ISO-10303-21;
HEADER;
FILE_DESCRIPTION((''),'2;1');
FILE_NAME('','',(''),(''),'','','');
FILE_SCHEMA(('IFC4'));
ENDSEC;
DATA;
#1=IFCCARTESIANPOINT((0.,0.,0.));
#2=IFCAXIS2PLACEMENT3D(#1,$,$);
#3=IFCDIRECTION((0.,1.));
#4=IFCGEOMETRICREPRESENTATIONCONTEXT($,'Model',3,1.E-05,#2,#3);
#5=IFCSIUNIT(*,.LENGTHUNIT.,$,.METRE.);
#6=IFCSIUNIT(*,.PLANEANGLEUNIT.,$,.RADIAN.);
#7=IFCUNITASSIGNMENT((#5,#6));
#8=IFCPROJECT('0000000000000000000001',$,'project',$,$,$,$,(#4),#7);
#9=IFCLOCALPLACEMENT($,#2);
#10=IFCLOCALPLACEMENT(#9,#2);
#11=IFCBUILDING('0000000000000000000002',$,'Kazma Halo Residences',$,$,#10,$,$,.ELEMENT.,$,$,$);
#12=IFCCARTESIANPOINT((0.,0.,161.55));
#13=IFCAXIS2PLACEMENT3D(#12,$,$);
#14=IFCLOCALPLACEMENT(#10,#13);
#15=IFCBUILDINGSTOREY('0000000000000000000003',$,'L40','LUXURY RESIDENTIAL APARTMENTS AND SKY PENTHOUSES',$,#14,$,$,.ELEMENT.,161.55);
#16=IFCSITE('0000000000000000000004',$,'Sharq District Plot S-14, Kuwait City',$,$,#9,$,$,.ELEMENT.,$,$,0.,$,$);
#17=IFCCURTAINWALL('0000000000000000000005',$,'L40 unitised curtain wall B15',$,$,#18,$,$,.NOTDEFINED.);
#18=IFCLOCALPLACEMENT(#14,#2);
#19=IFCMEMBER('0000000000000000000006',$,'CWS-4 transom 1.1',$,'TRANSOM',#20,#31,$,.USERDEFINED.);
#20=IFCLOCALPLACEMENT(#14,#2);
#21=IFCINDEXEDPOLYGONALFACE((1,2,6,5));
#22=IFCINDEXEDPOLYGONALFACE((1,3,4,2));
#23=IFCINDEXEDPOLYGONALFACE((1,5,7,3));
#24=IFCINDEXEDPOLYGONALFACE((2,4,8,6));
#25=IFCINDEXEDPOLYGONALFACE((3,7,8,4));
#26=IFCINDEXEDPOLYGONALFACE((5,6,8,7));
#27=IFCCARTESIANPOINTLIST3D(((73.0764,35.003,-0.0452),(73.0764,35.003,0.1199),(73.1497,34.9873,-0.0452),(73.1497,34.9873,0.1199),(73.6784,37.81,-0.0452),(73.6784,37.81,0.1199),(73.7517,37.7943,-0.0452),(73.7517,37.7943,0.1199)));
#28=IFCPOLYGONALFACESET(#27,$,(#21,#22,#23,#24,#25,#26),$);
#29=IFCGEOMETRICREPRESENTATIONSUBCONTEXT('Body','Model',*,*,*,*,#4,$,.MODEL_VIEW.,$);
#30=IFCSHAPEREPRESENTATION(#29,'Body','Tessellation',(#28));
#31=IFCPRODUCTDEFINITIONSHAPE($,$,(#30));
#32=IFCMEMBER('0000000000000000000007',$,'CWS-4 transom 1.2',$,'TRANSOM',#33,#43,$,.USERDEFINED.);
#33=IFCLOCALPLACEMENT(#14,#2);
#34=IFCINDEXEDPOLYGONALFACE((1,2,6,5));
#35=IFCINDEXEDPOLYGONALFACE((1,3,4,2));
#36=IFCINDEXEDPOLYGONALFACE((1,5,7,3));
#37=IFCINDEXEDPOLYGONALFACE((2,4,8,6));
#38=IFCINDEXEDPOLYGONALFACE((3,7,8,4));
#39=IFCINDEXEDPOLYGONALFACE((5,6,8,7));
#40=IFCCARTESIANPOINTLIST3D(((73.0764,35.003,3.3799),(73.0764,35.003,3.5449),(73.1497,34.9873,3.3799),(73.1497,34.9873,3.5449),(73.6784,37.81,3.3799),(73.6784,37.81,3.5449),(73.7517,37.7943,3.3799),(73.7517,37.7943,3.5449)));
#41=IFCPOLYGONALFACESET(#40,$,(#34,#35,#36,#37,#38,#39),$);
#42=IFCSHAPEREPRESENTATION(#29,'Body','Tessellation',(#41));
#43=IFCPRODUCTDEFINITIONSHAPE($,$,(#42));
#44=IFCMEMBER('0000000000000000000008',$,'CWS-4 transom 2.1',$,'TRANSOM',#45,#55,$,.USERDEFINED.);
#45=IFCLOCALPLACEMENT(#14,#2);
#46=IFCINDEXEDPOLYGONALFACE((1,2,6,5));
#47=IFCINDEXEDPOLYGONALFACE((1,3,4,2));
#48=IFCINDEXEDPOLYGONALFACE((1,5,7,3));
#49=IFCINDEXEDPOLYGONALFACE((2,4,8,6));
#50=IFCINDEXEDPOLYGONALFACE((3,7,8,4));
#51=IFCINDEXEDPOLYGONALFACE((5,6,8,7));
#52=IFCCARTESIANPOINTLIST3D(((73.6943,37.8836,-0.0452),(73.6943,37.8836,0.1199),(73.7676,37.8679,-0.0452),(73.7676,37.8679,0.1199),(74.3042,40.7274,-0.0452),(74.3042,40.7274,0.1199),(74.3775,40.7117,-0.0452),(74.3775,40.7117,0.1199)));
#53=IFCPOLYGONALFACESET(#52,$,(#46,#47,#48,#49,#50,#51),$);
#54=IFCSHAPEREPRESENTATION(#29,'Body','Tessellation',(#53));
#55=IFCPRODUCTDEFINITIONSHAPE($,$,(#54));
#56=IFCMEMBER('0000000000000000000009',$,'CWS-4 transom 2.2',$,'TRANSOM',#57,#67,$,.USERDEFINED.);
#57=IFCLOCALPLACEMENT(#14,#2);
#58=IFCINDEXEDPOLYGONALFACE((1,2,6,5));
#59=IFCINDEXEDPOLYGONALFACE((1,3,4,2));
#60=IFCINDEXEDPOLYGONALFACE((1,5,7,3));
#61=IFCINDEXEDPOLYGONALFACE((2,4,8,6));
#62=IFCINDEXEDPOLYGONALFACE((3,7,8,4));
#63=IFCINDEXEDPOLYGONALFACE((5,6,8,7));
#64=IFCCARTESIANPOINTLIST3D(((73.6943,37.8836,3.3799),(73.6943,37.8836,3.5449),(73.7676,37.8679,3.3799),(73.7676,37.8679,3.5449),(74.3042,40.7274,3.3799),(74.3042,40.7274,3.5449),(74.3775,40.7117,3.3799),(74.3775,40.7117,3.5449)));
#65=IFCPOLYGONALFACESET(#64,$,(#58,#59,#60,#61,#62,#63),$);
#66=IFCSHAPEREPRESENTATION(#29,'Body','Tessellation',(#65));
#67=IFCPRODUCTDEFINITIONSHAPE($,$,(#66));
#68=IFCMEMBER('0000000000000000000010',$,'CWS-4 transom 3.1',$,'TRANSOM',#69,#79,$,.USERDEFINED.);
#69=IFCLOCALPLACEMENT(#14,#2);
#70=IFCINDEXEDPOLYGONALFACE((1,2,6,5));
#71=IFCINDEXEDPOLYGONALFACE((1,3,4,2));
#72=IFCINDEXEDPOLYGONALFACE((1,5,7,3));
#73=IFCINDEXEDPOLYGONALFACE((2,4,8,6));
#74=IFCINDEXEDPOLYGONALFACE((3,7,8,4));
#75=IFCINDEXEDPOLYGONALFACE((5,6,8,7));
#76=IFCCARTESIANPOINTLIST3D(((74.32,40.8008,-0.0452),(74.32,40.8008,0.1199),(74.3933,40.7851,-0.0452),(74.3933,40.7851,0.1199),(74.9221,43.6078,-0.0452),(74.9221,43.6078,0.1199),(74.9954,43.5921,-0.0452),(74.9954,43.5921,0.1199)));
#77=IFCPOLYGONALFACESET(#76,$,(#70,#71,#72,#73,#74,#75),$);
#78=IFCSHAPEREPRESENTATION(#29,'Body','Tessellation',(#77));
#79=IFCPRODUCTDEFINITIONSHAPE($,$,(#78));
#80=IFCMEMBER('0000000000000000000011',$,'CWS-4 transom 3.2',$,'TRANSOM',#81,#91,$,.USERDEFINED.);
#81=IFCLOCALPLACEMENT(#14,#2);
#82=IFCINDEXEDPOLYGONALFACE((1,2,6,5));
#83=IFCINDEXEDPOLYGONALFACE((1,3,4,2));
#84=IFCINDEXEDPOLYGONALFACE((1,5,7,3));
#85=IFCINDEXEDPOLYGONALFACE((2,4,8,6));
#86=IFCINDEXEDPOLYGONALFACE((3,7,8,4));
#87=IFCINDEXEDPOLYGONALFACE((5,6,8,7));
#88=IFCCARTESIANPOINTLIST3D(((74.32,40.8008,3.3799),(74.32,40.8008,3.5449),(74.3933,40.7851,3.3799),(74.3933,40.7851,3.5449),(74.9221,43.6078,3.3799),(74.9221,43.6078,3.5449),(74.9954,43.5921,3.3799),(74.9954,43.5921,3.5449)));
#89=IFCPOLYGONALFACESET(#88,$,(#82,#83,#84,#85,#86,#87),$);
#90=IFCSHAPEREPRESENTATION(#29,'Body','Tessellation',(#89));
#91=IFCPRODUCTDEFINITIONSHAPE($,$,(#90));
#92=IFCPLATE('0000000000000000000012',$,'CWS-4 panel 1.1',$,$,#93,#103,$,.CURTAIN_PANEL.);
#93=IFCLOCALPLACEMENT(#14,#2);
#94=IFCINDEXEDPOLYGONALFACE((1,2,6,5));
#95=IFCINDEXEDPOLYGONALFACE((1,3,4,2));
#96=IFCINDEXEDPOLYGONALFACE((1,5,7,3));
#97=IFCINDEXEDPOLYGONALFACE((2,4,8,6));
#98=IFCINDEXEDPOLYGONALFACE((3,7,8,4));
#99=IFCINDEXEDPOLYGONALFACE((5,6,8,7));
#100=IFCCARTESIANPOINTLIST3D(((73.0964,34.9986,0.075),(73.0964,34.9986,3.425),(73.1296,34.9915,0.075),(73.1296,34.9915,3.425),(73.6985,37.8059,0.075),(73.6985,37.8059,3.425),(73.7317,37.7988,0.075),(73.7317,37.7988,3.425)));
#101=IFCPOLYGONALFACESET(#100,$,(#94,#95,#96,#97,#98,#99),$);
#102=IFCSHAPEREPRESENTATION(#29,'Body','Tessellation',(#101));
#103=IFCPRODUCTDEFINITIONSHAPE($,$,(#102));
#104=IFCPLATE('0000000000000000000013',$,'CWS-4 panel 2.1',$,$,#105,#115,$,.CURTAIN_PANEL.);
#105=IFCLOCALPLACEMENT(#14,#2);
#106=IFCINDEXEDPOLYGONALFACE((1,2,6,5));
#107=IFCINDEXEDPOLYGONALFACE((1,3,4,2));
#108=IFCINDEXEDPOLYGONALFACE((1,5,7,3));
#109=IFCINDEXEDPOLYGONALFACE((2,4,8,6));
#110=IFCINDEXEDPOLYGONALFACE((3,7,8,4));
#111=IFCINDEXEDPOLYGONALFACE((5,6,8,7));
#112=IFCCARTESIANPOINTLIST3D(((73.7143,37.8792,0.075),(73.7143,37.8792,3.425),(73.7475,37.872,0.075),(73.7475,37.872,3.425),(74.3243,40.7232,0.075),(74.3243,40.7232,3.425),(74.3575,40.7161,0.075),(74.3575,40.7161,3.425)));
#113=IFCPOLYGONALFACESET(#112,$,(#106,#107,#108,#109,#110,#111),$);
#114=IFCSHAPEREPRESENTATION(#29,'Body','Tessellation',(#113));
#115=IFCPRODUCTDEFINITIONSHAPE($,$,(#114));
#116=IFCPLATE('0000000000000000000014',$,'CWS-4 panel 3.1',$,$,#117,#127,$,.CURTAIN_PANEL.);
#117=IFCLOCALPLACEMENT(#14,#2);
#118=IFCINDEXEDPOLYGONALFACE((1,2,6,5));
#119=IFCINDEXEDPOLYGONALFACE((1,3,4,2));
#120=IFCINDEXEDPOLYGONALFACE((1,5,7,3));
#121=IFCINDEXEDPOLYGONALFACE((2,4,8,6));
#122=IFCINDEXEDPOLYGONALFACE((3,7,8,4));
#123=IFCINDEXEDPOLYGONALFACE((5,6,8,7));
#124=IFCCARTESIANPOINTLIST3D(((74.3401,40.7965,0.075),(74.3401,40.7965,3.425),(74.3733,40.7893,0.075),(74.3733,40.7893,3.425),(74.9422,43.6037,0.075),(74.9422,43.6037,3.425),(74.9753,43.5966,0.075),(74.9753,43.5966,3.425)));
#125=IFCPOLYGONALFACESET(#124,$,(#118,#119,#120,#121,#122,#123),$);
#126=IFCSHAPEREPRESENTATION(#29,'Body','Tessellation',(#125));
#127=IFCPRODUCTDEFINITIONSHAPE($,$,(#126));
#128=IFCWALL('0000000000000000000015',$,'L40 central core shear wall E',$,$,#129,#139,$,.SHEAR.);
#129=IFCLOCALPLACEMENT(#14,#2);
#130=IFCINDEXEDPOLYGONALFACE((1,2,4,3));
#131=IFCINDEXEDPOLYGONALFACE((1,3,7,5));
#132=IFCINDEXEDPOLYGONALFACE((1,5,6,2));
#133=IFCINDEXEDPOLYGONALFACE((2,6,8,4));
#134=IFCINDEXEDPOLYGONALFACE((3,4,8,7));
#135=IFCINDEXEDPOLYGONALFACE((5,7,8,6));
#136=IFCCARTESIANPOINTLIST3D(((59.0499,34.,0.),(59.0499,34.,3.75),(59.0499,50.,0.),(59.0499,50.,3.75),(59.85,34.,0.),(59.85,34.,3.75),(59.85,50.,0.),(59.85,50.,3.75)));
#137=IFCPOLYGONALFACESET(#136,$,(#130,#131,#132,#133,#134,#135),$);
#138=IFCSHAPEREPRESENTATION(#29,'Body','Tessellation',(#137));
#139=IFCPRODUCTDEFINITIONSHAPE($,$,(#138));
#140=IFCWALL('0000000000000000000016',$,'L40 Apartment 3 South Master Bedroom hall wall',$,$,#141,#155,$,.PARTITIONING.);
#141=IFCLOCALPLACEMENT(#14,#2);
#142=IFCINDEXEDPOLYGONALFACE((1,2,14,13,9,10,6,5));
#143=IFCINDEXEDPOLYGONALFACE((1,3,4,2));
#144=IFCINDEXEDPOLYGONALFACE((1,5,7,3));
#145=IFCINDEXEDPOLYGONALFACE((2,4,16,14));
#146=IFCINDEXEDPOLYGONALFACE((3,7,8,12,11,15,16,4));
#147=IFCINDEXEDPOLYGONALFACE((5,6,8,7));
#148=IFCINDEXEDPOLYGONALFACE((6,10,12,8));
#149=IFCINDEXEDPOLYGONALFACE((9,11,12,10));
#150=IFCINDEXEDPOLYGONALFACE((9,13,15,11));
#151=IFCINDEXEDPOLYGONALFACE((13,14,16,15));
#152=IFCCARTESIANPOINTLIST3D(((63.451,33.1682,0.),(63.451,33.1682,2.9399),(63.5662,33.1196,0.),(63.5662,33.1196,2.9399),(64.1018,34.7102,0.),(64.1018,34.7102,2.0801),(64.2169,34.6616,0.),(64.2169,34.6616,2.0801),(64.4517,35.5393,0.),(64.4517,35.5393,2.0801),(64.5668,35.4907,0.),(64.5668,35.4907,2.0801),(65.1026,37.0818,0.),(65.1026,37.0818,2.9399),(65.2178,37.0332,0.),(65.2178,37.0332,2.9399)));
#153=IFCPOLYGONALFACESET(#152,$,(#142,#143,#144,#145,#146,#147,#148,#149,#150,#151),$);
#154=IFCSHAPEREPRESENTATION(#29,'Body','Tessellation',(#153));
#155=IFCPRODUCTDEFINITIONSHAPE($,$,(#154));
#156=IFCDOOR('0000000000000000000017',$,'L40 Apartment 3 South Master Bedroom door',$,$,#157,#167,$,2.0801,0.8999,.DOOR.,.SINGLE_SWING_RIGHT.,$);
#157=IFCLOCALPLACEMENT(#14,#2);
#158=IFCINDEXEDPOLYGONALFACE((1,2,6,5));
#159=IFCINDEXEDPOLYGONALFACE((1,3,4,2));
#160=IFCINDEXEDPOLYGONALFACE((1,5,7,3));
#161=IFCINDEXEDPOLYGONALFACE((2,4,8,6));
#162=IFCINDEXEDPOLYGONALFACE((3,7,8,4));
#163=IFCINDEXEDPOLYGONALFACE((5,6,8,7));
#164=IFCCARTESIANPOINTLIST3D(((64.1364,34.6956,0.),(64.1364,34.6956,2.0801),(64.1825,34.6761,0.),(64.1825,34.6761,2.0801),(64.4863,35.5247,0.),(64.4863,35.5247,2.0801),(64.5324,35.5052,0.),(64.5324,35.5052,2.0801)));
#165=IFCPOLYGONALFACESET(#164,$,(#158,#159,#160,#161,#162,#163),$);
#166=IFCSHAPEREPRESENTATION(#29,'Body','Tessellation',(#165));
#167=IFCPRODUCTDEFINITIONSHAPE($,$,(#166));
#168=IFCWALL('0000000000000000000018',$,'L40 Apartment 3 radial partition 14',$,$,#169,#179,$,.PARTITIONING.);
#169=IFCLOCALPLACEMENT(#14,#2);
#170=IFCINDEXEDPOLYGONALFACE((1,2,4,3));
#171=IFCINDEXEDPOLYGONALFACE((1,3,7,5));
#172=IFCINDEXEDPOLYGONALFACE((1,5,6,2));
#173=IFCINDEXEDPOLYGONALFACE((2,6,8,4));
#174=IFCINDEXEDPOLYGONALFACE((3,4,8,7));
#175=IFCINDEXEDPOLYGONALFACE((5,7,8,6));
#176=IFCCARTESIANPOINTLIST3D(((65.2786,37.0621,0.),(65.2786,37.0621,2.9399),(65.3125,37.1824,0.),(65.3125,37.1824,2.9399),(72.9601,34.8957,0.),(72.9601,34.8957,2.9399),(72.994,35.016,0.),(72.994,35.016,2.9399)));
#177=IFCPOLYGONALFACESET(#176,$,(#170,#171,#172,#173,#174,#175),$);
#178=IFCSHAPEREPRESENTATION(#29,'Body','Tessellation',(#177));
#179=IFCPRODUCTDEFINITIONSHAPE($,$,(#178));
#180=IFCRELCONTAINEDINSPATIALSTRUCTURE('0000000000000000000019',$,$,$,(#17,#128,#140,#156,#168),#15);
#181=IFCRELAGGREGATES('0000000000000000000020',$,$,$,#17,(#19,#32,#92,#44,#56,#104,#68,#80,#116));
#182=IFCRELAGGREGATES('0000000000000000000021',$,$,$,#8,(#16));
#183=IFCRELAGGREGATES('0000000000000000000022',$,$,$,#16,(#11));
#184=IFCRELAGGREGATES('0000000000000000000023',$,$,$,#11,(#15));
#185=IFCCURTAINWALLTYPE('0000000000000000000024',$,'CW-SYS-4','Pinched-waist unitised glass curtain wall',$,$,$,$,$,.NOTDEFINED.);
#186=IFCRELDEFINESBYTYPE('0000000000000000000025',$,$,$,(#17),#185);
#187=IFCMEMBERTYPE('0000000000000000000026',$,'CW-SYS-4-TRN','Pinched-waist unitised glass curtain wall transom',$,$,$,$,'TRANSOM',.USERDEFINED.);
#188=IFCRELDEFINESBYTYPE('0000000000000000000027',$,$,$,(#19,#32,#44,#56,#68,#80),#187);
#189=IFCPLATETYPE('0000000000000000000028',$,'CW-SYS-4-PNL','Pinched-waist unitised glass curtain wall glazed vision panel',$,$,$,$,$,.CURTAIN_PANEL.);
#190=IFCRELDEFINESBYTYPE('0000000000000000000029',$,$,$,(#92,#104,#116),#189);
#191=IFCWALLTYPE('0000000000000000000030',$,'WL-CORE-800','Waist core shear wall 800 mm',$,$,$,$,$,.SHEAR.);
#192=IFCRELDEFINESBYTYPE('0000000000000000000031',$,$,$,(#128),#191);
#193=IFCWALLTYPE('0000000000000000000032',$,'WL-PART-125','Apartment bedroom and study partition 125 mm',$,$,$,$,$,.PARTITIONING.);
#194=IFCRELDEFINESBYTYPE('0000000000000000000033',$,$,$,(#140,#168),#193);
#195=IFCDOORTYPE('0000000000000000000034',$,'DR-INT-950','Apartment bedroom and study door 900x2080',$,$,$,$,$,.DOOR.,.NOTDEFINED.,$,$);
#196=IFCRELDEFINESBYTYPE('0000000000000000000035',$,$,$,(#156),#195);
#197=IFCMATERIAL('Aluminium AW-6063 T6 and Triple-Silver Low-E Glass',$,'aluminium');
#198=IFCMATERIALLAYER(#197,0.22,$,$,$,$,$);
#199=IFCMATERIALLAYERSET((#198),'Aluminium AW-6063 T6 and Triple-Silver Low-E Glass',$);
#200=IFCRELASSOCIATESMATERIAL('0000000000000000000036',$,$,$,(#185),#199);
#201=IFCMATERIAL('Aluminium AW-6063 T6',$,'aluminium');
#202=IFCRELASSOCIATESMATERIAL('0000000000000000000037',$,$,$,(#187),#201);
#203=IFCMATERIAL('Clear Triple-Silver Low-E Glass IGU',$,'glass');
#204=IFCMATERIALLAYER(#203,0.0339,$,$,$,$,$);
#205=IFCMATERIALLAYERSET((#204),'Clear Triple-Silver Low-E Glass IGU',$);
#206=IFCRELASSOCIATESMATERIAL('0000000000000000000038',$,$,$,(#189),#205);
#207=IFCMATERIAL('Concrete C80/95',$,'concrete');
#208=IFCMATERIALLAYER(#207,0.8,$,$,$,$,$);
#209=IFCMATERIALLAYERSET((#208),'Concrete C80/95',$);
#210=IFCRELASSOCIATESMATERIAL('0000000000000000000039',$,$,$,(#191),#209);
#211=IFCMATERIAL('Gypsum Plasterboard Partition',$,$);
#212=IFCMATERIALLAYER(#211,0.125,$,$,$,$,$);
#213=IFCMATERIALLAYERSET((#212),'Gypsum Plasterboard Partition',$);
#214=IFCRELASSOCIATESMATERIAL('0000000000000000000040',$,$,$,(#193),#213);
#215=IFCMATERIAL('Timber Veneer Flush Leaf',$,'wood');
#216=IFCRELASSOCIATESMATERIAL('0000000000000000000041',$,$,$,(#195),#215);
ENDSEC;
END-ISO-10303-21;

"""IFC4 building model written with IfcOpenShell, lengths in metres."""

from ifc_helpers import new_model, si_unit, direction, frame, frame_2d, origin, origin_2d, place, context, subcontext, project, spatial, rectangle, extrude, material, layer, layer_set, material_profile, profile_set, type_object, element, fill, aggregate, save


model = new_model("IFC4")

# Units and contexts
model_context = context("Model", 3, precision=1e-05, world=origin(), true_north=direction((0.0, 1.0)))
body_context = subcontext(model_context, "Body", "Model", "MODEL_VIEW")
ifc_project = project(units=[si_unit("LENGTHUNIT", "METRE"), si_unit("PLANEANGLEUNIT", "RADIAN")], contexts=[model_context])

# Site, building, storey
site_placement = place(None, origin())
site = spatial("IfcSite", under=ifc_project, at=site_placement, Name="Sharq District Plot S-14, Kuwait City", CompositionType="ELEMENT", RefElevation=0.0)
building_placement = place(site_placement, origin())
building = spatial("IfcBuilding", under=site, at=building_placement, Name="Kazma Halo Residences", CompositionType="ELEMENT")
storey_placement = place(building_placement, frame((0.0, 0.0, 161.55)))
storey = spatial("IfcBuildingStorey", under=building, at=storey_placement, Name="L40", Description="LUXURY RESIDENTIAL APARTMENTS AND SKY PENTHOUSES", CompositionType="ELEMENT", Elevation=161.55)

# Shared definitions
ifc_material_1 = material(Name="Concrete C80/95", Category="concrete")

# Curtain wall, members, plates
ifc_material_2 = material(Name="Aluminium AW-6063 T6 and Triple-Silver Low-E Glass", Category="aluminium")
ifc_layer_1 = layer(ifc_material_2, 0.22)
ifc_layer_set_1 = layer_set([ifc_layer_1], Name="Aluminium AW-6063 T6 and Triple-Silver Low-E Glass")
curtain_wall_type = type_object("IfcCurtainWallType", Name="CW-SYS-4", Description="Pinched-waist unitised glass curtain wall", PredefinedType="NOTDEFINED", material=ifc_layer_set_1)
curtain_wall_placement = place(storey_placement, origin())
curtain_wall = element("IfcCurtainWall", 1, at=curtain_wall_placement, inside=storey, type_object=curtain_wall_type, Name="L40 unitised curtain wall B15", PredefinedType="NOTDEFINED")
ifc_material_3 = material(Name="Aluminium AW-6063 T6", Category="aluminium")
ifc_material_profile_1 = material_profile(ifc_material_3, rectangle(XDim=0.075, YDim=0.165, at=origin_2d()), Name="CWT-75x165")
ifc_profile_set_1 = profile_set([ifc_material_profile_1], Name="Aluminium AW-6063 T6")
member_type_1 = type_object("IfcMemberType", Name="CW-SYS-4-TRN", Description="Pinched-waist unitised glass curtain wall transom", ElementType="TRANSOM", PredefinedType="USERDEFINED", material=ifc_profile_set_1)
member_1_placement = place(storey_placement, frame((73.113, 34.9951, 0.0374), z_axis=(0.209703, 0.977765, 0.0), x_axis=(-0.977765, 0.209703, 0.0)))
member_1 = element("IfcMember", 2, at=member_1_placement, type_object=member_type_1, Name="CWS-4 transom 1.1", ObjectType="TRANSOM", PredefinedType="USERDEFINED", context=body_context, shape_type="SweptSolid", body=[
    extrude(rectangle(XDim=0.075, YDim=0.165, at=origin_2d()), origin(), (0.0, 0.0, 1.0), 2.8708),
])
member_2_placement = place(storey_placement, frame((73.113, 34.9951, 3.4624), z_axis=(0.209703, 0.977765, 0.0), x_axis=(-0.977765, 0.209703, 0.0)))
member_2 = element("IfcMember", 3, at=member_2_placement, type_object=member_type_1, Name="CWS-4 transom 1.2", ObjectType="TRANSOM", PredefinedType="USERDEFINED", context=body_context, shape_type="SweptSolid", body=[
    extrude(rectangle(XDim=0.075, YDim=0.165, at=origin_2d()), origin(), (0.0, 0.0, 1.0), 2.8708),
])
member_3_placement = place(storey_placement, frame((73.731, 37.8757, 0.0374), z_axis=(0.20969, 0.977768, 0.0), x_axis=(-0.977768, 0.20969, 0.0)))
member_3 = element("IfcMember", 4, at=member_3_placement, type_object=member_type_1, Name="CWS-4 transom 2.1", ObjectType="TRANSOM", PredefinedType="USERDEFINED", context=body_context, shape_type="SweptSolid", body=[
    extrude(rectangle(XDim=0.075, YDim=0.165, at=origin_2d()), origin(), (0.0, 0.0, 1.0), 2.9084),
])
member_4_placement = place(storey_placement, frame((73.731, 37.8757, 3.4624), z_axis=(0.20969, 0.977768, 0.0), x_axis=(-0.977768, 0.20969, 0.0)))
member_4 = element("IfcMember", 5, at=member_4_placement, type_object=member_type_1, Name="CWS-4 transom 2.2", ObjectType="TRANSOM", PredefinedType="USERDEFINED", context=body_context, shape_type="SweptSolid", body=[
    extrude(rectangle(XDim=0.075, YDim=0.165, at=origin_2d()), origin(), (0.0, 0.0, 1.0), 2.9084),
])
member_5_placement = place(storey_placement, frame((74.3567, 40.793, 0.0374), z_axis=(0.209703, 0.977765, 0.0), x_axis=(-0.977765, 0.209703, 0.0)))
member_5 = element("IfcMember", 6, at=member_5_placement, type_object=member_type_1, Name="CWS-4 transom 3.1", ObjectType="TRANSOM", PredefinedType="USERDEFINED", context=body_context, shape_type="SweptSolid", body=[
    extrude(rectangle(XDim=0.075, YDim=0.165, at=origin_2d()), origin(), (0.0, 0.0, 1.0), 2.8708),
])
member_6_placement = place(storey_placement, frame((74.3567, 40.793, 3.4624), z_axis=(0.209703, 0.977765, 0.0), x_axis=(-0.977765, 0.209703, 0.0)))
member_6 = element("IfcMember", 7, at=member_6_placement, type_object=member_type_1, Name="CWS-4 transom 3.2", ObjectType="TRANSOM", PredefinedType="USERDEFINED", context=body_context, shape_type="SweptSolid", body=[
    extrude(rectangle(XDim=0.075, YDim=0.165, at=origin_2d()), origin(), (0.0, 0.0, 1.0), 2.8708),
])
ifc_material_4 = material(Name="Clear Triple-Silver Low-E Glass IGU", Category="glass")
ifc_layer_2 = layer(ifc_material_4, 0.0339)
ifc_layer_set_2 = layer_set([ifc_layer_2], Name="Clear Triple-Silver Low-E Glass IGU")
plate_type = type_object("IfcPlateType", Name="CW-SYS-4-PNL", Description="Pinched-waist unitised glass curtain wall glazed vision panel", PredefinedType="CURTAIN_PANEL", material=ifc_layer_set_2)
plate_1_placement = place(storey_placement, frame((73.4141, 36.3987, 0.075), z_axis=(0.0, 0.0, 1.0), x_axis=(0.209704, 0.977765, 0.0)))
plate_1 = element("IfcPlate", 8, at=plate_1_placement, type_object=plate_type, Name="CWS-4 panel 1.1", PredefinedType="CURTAIN_PANEL", context=body_context, shape_type="SweptSolid", body=[
    extrude(rectangle(XDim=2.8711, YDim=0.0339, at=origin_2d()), origin(), (0.0, 0.0, 1.0), 3.3501),
])
plate_2_placement = place(storey_placement, frame((74.0359, 39.2976, 0.075), z_axis=(0.0, 0.0, 1.0), x_axis=(0.209704, 0.977765, 0.0)))
plate_2 = element("IfcPlate", 9, at=plate_2_placement, type_object=plate_type, Name="CWS-4 panel 2.1", PredefinedType="CURTAIN_PANEL", context=body_context, shape_type="SweptSolid", body=[
    extrude(rectangle(XDim=2.9087, YDim=0.0339, at=origin_2d()), origin(), (0.0, 0.0, 1.0), 3.3501),
])
plate_3_placement = place(storey_placement, frame((74.6577, 42.1965, 0.075), z_axis=(0.0, 0.0, 1.0), x_axis=(0.209704, 0.977765, 0.0)))
plate_3 = element("IfcPlate", 10, at=plate_3_placement, type_object=plate_type, Name="CWS-4 panel 3.1", PredefinedType="CURTAIN_PANEL", context=body_context, shape_type="SweptSolid", body=[
    extrude(rectangle(XDim=2.8711, YDim=0.0339, at=origin_2d()), origin(), (0.0, 0.0, 1.0), 3.3501),
])
aggregate(curtain_wall, [member_1, member_2, plate_1, member_3, member_4, plate_2, member_5, member_6, plate_3])

# Wall
ifc_layer_3 = layer(ifc_material_1, 0.8)
ifc_layer_set_3 = layer_set([ifc_layer_3], Name="Concrete C80/95")
wall_type_1 = type_object("IfcWallType", Name="WL-CORE-800", Description="Waist core shear wall 800 mm", PredefinedType="SHEAR", material=ifc_layer_set_3)
wall_1_placement = place(storey_placement, frame((59.45, 34.0, 0.0), z_axis=(0.0, 0.0, 1.0), x_axis=(0.0, 1.0, 0.0)))
element("IfcWall", 11, at=wall_1_placement, inside=storey, type_object=wall_type_1, Name="L40 central core shear wall E", PredefinedType="SHEAR", context=body_context, shape_type="SweptSolid", body=[
    extrude(rectangle(XDim=16.0, YDim=0.8, at=frame_2d((8.0, 0.0))), origin(), (0.0, 0.0, 1.0), 3.75),
])

# Wall, opening, door
ifc_material_5 = material(Name="Gypsum Plasterboard Partition")
ifc_layer_4 = layer(ifc_material_5, 0.125)
ifc_layer_set_4 = layer_set([ifc_layer_4], Name="Gypsum Plasterboard Partition")
wall_type_2 = type_object("IfcWallType", Name="WL-PART-125", Description="Apartment bedroom and study partition 125 mm", PredefinedType="PARTITIONING", material=ifc_layer_set_4)
wall_2_placement = place(storey_placement, frame((63.5085, 33.1438, 0.0), z_axis=(0.0, 0.0, 1.0), x_axis=(0.388815, 0.921316, 0.0)))
wall_2 = element("IfcWall", 12, at=wall_2_placement, inside=storey, type_object=wall_type_2, Name="L40 Apartment 3 South Master Bedroom hall wall", PredefinedType="PARTITIONING", context=body_context, shape_type="SweptSolid", body=[
    extrude(rectangle(XDim=4.2478, YDim=0.125, at=frame_2d((2.124, 0.0))), origin(), (0.0, 0.0, 1.0), 2.9399),
])
opening_1_placement = place(wall_2_placement, frame((1.6738, 0.0, 0.0)))
opening_1 = element("IfcOpeningElement", 13, at=opening_1_placement, cuts=wall_2, PredefinedType="OPENING", context=body_context, shape_type="SweptSolid", body=[
    extrude(rectangle(XDim=0.8999, YDim=2.0801, at=frame_2d((0.45, 1.04))), frame((0.0, 0.0725, 0.0), z_axis=(0.0, -1.0, 0.0), x_axis=(1.0, 0.0, 0.0)), (0.0, 0.0, 1.0), 0.145),
])
ifc_material_6 = material(Name="Timber Veneer Flush Leaf", Category="wood")
door_type = type_object("IfcDoorType", Name="DR-INT-950", Description="Apartment bedroom and study door 900x2080", OperationType="NOTDEFINED", PredefinedType="DOOR", material=ifc_material_6)
door_1_placement = place(opening_1_placement, origin())
door_1 = element("IfcDoor", 14, at=door_1_placement, inside=storey, type_object=door_type, Name="L40 Apartment 3 South Master Bedroom door", OperationType="SINGLE_SWING_RIGHT", OverallHeight=2.0801, OverallWidth=0.8999, PredefinedType="DOOR", context=body_context, shape_type="SweptSolid", body=[
    extrude(rectangle(XDim=0.8999, YDim=2.0801, at=frame_2d((0.45, 1.04))), frame((0.0, 0.0249, 0.0), z_axis=(0.0, -1.0, 0.0), x_axis=(1.0, 0.0, 0.0)), (0.0, 0.0, 1.0), 0.05),
])
fill(opening_1, door_1)

# Wall
wall_3_placement = place(storey_placement, frame((65.2954, 37.1223, 0.0), z_axis=(0.0, 0.0, 1.0), x_axis=(0.962453, -0.271447, 0.0)))
element("IfcWall", 15, at=wall_3_placement, inside=storey, type_object=wall_type_2, Name="L40 Apartment 3 radial partition 14", PredefinedType="PARTITIONING", context=body_context, shape_type="SweptSolid", body=[
    extrude(rectangle(XDim=7.9812, YDim=0.125, at=frame_2d((3.9907, 0.0))), origin(), (0.0, 0.0, 1.0), 2.9399),
])

save(model, "model.ifc")
